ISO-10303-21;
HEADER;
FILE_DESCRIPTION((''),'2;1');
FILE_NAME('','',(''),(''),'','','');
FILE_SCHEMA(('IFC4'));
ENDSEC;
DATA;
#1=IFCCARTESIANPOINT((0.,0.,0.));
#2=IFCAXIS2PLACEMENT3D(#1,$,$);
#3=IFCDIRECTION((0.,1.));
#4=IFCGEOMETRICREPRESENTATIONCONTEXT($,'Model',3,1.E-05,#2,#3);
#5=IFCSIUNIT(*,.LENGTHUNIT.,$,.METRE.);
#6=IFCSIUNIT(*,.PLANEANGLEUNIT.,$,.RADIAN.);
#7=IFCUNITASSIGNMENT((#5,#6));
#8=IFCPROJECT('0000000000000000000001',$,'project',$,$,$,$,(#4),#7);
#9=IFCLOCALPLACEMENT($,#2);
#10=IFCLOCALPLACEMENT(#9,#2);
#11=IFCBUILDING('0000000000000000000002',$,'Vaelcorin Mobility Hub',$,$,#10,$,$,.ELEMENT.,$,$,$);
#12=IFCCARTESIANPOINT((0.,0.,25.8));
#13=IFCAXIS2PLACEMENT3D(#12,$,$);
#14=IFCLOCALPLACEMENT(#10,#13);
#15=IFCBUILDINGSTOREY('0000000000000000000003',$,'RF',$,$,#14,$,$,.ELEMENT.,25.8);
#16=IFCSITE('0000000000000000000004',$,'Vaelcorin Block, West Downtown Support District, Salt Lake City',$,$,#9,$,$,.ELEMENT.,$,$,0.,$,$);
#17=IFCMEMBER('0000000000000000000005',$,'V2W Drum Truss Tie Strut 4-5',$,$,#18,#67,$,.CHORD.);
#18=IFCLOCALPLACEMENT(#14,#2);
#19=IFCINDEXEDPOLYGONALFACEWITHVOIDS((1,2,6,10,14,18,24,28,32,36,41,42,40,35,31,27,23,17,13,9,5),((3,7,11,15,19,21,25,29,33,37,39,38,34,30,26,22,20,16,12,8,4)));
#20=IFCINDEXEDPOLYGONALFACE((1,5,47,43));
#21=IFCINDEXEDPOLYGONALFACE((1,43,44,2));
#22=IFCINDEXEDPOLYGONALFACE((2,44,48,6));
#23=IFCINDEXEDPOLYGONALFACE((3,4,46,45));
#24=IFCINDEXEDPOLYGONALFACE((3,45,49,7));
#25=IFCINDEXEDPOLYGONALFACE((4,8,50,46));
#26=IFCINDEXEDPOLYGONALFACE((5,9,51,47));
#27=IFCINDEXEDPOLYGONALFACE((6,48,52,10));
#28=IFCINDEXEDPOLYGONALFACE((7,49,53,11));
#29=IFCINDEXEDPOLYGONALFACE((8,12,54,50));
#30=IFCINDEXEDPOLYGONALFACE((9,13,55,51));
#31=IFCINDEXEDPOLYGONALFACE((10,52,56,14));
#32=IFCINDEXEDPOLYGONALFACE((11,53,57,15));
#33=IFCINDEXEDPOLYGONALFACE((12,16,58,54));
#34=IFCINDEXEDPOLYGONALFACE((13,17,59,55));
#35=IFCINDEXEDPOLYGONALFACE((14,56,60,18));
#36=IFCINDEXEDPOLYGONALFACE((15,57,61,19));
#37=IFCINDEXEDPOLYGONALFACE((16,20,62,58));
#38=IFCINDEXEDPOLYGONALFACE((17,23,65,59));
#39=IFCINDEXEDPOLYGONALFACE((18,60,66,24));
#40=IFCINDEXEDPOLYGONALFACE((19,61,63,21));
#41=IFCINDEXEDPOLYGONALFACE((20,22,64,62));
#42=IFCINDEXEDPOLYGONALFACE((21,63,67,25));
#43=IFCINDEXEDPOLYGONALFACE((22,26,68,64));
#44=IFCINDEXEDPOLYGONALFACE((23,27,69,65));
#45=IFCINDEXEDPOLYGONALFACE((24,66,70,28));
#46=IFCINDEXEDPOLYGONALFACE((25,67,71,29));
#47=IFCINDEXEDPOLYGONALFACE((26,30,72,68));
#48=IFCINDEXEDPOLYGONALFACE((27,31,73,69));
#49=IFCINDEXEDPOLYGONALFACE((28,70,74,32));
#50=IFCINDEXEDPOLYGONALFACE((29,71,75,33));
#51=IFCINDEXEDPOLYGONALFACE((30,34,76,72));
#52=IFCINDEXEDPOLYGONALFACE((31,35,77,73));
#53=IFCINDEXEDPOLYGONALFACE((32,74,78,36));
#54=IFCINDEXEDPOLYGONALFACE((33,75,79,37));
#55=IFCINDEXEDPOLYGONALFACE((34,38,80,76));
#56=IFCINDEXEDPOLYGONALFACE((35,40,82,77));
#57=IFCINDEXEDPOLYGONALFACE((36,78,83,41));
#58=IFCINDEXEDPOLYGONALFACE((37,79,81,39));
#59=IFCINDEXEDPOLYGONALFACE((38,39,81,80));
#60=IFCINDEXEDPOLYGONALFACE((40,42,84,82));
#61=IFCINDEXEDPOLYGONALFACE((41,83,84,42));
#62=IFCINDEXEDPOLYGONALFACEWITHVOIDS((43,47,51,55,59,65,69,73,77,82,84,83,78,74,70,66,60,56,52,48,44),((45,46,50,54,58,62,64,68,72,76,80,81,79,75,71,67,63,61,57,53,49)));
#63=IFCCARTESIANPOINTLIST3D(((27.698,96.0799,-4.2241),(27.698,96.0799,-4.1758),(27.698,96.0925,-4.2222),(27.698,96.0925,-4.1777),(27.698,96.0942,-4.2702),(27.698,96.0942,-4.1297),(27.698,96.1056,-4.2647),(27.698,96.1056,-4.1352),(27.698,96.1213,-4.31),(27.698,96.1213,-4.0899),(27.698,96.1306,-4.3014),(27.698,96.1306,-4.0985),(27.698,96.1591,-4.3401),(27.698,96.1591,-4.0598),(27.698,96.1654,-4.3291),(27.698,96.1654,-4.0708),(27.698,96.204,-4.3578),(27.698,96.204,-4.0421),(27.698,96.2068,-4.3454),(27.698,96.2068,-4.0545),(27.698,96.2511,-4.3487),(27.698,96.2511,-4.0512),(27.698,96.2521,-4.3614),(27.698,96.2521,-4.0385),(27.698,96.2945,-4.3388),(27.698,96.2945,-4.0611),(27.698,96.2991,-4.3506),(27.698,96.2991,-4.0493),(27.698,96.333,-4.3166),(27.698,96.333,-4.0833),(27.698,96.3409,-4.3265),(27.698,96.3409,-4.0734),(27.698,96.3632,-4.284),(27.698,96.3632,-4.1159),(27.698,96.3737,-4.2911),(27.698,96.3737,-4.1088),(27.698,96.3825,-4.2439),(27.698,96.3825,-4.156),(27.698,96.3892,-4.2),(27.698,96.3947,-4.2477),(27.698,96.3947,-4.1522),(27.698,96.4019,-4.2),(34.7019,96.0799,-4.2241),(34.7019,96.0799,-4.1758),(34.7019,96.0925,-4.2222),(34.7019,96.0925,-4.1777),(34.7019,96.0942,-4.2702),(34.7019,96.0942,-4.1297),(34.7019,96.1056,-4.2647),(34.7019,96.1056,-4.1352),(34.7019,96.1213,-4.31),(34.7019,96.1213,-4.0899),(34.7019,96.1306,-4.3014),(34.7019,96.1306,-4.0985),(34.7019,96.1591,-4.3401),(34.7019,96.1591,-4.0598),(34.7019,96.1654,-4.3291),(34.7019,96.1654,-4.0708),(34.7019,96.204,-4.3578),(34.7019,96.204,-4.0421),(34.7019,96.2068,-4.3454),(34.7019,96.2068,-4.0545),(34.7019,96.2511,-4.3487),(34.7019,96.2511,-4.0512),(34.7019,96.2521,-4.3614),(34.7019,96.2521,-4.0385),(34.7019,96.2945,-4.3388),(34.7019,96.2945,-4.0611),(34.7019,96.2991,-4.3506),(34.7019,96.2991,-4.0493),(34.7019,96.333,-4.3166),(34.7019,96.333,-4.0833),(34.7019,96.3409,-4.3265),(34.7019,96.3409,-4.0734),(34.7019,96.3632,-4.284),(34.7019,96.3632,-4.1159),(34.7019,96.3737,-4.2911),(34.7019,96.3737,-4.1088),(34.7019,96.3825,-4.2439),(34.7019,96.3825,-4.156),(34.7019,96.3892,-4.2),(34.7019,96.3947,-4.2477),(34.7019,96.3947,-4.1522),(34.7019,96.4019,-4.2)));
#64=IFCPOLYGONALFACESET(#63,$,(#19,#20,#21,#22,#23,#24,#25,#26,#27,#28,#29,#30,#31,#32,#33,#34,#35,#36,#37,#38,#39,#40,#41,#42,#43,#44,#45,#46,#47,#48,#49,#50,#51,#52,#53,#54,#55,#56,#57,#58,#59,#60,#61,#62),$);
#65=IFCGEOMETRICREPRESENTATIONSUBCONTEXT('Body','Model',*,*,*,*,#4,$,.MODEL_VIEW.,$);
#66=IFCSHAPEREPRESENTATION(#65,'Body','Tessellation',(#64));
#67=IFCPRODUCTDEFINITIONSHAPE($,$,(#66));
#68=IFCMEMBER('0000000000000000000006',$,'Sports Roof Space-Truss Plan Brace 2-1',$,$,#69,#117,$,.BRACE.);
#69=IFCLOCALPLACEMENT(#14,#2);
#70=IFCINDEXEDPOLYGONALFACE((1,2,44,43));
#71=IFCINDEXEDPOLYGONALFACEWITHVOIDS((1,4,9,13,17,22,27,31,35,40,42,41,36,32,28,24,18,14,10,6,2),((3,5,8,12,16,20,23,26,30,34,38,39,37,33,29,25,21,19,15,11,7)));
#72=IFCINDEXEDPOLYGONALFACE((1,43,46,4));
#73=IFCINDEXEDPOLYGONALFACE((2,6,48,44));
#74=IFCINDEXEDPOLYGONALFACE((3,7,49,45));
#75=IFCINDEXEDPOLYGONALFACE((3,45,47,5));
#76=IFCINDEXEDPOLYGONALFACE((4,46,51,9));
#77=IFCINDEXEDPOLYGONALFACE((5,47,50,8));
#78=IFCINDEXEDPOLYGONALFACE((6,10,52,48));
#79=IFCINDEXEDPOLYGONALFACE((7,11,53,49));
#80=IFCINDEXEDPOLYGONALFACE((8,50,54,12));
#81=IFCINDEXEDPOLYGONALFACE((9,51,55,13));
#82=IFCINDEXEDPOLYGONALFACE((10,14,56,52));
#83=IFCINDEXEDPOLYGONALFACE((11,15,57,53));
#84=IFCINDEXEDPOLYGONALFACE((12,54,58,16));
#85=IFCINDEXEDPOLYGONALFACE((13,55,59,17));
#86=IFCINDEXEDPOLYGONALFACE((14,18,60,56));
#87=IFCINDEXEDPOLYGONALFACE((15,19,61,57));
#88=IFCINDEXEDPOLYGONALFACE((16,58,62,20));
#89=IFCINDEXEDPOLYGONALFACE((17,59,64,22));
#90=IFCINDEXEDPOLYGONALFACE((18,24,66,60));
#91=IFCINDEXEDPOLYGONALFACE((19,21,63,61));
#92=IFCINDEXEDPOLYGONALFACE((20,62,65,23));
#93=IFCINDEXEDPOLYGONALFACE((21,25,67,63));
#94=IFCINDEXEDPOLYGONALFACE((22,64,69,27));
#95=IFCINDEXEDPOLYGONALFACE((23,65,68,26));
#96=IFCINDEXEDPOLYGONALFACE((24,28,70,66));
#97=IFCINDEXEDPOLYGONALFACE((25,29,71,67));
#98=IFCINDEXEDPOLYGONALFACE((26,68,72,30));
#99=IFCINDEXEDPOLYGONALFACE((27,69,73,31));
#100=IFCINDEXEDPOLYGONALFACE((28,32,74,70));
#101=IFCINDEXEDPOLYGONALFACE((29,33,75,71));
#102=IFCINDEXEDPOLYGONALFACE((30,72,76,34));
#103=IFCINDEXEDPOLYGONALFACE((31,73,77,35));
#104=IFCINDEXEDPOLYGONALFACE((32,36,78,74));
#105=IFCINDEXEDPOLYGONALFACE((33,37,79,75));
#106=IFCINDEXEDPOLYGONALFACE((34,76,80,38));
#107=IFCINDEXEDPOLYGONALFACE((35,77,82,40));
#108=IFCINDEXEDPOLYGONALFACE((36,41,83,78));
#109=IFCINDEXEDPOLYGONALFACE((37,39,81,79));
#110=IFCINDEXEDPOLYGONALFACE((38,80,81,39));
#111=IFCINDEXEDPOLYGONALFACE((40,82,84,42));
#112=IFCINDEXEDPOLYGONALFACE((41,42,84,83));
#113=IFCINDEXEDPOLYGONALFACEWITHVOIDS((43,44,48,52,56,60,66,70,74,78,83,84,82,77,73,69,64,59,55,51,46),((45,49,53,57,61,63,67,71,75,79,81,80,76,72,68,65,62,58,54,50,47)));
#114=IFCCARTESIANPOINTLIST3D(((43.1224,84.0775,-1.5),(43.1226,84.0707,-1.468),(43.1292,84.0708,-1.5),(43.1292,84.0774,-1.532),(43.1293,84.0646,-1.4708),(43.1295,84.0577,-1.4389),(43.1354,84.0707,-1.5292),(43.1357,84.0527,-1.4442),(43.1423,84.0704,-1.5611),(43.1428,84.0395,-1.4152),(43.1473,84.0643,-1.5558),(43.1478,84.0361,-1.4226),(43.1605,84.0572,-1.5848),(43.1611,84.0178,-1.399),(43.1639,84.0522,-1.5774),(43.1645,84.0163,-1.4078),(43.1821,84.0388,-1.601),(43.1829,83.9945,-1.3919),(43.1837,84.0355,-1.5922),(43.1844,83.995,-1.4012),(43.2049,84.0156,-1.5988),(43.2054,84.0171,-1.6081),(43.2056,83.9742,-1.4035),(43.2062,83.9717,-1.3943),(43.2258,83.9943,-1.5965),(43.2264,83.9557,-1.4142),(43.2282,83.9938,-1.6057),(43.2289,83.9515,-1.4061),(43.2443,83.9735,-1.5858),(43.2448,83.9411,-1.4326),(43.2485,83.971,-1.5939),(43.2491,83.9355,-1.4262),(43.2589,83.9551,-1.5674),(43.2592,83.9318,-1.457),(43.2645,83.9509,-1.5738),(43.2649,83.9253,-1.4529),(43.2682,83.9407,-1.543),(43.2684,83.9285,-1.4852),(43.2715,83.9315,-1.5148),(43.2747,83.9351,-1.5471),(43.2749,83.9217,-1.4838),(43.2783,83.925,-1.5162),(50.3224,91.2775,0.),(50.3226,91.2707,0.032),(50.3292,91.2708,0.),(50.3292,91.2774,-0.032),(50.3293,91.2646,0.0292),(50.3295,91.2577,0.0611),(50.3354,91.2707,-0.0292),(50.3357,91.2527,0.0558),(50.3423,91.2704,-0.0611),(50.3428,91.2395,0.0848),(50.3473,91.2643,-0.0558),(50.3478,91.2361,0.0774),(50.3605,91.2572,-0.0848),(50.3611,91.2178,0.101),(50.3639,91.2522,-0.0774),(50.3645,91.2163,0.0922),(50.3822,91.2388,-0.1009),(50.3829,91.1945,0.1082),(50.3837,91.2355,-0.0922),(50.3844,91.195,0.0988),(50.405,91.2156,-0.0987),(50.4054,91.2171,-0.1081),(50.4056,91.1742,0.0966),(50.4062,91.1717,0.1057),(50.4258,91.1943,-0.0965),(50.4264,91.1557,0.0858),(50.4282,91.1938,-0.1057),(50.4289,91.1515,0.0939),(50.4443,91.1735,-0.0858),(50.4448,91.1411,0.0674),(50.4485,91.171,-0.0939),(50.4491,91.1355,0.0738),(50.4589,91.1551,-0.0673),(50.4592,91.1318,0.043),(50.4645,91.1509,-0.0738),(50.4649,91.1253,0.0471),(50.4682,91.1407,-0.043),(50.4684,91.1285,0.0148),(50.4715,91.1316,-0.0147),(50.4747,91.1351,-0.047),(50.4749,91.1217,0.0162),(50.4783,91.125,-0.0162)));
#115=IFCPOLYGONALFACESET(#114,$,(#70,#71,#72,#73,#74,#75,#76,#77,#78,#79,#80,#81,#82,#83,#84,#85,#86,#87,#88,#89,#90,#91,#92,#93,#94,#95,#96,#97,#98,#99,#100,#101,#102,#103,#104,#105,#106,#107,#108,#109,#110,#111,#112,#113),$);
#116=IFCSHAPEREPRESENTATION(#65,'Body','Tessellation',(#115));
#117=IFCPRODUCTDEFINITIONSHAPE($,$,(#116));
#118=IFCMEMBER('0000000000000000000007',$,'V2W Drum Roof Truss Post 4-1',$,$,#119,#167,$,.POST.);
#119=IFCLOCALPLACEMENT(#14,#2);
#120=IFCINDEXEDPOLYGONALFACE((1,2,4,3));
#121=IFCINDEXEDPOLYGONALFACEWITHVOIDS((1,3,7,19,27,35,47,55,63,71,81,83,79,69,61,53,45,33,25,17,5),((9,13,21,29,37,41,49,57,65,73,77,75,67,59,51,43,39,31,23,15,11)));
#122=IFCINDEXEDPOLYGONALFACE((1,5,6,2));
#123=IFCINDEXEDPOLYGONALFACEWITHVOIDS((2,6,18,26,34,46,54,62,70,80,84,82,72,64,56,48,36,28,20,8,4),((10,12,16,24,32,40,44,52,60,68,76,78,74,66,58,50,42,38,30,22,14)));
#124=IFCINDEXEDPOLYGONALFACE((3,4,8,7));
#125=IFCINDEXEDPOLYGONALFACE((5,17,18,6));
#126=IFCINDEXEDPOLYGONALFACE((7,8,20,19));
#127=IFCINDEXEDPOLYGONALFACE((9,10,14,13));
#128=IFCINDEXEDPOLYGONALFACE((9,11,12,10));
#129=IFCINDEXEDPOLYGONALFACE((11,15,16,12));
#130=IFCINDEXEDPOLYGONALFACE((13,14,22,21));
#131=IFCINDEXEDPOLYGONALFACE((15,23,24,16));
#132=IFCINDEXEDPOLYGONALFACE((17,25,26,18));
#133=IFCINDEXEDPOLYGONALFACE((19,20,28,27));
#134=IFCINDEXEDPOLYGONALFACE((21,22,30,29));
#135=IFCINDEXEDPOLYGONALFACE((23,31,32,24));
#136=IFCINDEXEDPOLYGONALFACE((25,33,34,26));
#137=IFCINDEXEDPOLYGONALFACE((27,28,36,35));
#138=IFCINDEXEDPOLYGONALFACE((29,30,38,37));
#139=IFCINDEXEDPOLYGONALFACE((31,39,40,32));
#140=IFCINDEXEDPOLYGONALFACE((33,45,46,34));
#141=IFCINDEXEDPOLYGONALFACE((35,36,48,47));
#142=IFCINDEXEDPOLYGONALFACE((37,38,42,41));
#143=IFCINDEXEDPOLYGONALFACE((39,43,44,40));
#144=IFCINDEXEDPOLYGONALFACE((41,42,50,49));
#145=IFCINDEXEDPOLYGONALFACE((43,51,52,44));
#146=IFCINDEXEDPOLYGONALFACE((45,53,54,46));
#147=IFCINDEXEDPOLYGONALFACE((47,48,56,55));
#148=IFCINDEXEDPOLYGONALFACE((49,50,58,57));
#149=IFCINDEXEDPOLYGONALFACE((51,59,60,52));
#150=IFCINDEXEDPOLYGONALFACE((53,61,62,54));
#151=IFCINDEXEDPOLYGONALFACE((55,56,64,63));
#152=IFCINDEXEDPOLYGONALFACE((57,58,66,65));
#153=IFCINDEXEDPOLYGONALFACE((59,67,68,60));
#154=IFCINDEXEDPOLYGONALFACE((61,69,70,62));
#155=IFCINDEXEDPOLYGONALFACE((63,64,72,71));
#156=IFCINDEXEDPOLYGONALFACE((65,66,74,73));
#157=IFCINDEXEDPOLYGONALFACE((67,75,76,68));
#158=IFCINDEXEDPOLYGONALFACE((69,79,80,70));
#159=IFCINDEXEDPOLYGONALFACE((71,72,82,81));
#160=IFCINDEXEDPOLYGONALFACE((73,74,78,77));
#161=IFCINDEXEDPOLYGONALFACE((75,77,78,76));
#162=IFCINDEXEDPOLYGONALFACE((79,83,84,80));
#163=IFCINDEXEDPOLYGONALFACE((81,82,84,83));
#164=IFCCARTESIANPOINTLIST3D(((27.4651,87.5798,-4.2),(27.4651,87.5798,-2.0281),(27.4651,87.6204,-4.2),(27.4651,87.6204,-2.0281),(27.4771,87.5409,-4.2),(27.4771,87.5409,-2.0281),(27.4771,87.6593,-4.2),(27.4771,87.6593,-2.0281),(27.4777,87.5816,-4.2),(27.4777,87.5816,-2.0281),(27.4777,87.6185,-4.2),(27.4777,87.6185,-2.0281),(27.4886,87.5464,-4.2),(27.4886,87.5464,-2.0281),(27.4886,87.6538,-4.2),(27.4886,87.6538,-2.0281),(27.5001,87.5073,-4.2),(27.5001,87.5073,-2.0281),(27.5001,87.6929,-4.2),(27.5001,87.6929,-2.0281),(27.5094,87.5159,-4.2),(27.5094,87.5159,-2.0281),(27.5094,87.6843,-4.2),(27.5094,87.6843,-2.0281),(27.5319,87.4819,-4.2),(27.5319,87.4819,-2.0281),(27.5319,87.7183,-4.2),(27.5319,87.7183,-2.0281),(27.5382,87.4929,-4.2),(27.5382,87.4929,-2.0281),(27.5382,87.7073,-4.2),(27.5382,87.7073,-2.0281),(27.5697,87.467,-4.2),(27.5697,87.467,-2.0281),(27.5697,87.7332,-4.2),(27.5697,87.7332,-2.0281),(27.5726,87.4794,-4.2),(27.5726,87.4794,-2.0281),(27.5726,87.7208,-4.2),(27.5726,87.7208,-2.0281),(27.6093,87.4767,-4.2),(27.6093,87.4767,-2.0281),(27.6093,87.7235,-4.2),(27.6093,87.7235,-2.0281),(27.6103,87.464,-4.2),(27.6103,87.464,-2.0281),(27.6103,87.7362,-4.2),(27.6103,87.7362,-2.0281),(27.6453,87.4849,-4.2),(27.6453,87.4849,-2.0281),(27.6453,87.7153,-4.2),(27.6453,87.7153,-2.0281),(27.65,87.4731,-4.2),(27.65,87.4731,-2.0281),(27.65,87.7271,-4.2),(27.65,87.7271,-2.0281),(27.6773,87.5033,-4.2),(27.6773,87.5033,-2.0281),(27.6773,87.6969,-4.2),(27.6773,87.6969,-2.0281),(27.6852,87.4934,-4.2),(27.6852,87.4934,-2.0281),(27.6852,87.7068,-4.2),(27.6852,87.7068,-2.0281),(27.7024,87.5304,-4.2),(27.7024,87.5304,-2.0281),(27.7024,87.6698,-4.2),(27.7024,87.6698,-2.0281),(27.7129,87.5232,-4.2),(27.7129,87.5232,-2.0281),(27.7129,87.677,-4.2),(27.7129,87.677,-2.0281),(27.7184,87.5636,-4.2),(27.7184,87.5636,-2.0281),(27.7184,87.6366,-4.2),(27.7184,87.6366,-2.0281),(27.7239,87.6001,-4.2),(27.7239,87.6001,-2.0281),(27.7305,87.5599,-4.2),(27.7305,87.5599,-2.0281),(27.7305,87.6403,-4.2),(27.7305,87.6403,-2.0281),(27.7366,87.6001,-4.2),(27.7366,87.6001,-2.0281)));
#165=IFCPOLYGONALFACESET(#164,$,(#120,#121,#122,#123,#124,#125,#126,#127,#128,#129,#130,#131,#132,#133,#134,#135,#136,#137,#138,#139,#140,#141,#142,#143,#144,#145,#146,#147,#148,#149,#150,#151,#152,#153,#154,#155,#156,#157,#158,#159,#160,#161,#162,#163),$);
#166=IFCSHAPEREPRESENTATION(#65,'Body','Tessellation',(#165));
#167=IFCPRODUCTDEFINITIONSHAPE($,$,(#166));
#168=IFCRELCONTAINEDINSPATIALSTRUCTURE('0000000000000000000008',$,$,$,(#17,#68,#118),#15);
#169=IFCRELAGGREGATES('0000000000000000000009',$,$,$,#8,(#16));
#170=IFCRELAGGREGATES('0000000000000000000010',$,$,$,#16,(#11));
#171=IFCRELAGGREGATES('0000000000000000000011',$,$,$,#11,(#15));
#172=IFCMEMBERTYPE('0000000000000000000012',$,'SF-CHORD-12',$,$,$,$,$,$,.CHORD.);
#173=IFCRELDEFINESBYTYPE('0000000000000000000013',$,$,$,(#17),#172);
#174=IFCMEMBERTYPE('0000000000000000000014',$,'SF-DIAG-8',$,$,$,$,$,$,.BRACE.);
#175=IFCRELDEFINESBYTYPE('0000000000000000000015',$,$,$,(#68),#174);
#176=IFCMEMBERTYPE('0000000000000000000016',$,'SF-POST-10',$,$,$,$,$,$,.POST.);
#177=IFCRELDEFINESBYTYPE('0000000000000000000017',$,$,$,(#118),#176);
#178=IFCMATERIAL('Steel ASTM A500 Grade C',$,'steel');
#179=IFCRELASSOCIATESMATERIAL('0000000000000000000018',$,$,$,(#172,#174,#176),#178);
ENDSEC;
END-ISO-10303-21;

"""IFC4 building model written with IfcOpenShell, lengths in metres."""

from ifc_helpers import new_model, si_unit, direction, frame, origin, origin_2d, place, context, subcontext, project, spatial, hollow_circle, extrude, material, material_profile, profile_set, type_object, element, save


model = new_model("IFC4")

# Units and contexts
model_context = context("Model", 3, precision=1e-05, world=origin(), true_north=direction((0.0, 1.0)))
body_context = subcontext(model_context, "Body", "Model", "MODEL_VIEW")
ifc_project = project(units=[si_unit("LENGTHUNIT", "METRE"), si_unit("PLANEANGLEUNIT", "RADIAN")], contexts=[model_context])

# Site, building, storey
site_placement = place(None, origin())
site = spatial("IfcSite", under=ifc_project, at=site_placement, Name="Vaelcorin Block, West Downtown Support District, Salt Lake City", CompositionType="ELEMENT", RefElevation=0.0)
building_placement = place(site_placement, origin())
building = spatial("IfcBuilding", under=site, at=building_placement, Name="Vaelcorin Mobility Hub", CompositionType="ELEMENT")
storey_placement = place(building_placement, frame((0.0, 0.0, 25.8)))
storey = spatial("IfcBuildingStorey", under=building, at=storey_placement, Name="RF", CompositionType="ELEMENT", Elevation=25.8)

# Members
ifc_material_1 = material(Name="Steel ASTM A500 Grade C", Category="steel")
ifc_material_profile_1 = material_profile(ifc_material_1, hollow_circle(Radius=0.1619, WallThickness=0.0127, at=origin_2d()), Name="HSS12.750X0.500")
ifc_profile_set_1 = profile_set([ifc_material_profile_1], Name="Steel ASTM A500 Grade C")
member_type_1 = type_object("IfcMemberType", Name="SF-CHORD-12", PredefinedType="CHORD", material=ifc_profile_set_1)
for number, where, z_axis, x_axis, name in (
    (1, (27.698, 96.24, -4.2), (1.0, 0.0, 0.0), (0.0, 1.0, 0.0), "V2W Drum Truss Tie Strut 4-5"),
):
    element("IfcMember", number, at=place(storey_placement, frame(where, z_axis=z_axis, x_axis=x_axis)), inside=storey, type_object=member_type_1, Name=name, PredefinedType="CHORD", context=body_context, shape_type="SweptSolid", body=[
        extrude(hollow_circle(Radius=0.1619, WallThickness=0.0127, at=origin_2d()), origin(), (0.0, 0.0, 1.0), 7.0039),
    ])
ifc_material_profile_2 = material_profile(ifc_material_1, hollow_circle(Radius=0.1096, WallThickness=0.0095, at=origin_2d()), Name="HSS8.625X0.375")
ifc_profile_set_2 = profile_set([ifc_material_profile_2], Name="Steel ASTM A500 Grade C")
member_type_2 = type_object("IfcMemberType", Name="SF-DIAG-8", PredefinedType="BRACE", material=ifc_profile_set_2)
member_placement = place(storey_placement, frame((43.2, 84.0, -1.5), z_axis=(0.699557, 0.699557, 0.145742), x_axis=(-0.707107, 0.707107, 0.0)))
element("IfcMember", 2, at=member_placement, inside=storey, type_object=member_type_2, Name="Sports Roof Space-Truss Plan Brace 2-1", PredefinedType="BRACE", context=body_context, shape_type="SweptSolid", body=[
    extrude(hollow_circle(Radius=0.1096, WallThickness=0.0095, at=origin_2d()), origin(), (0.0, 0.0, 1.0), 10.2922),
])
ifc_material_profile_3 = material_profile(ifc_material_1, hollow_circle(Radius=0.1365, WallThickness=0.0127, at=origin_2d()), Name="HSS10.750X0.500")
ifc_profile_set_3 = profile_set([ifc_material_profile_3], Name="Steel ASTM A500 Grade C")
member_type_3 = type_object("IfcMemberType", Name="SF-POST-10", PredefinedType="POST", material=ifc_profile_set_3)
for number, where, z_axis, x_axis, name in (
    (3, (27.6001, 87.6001, -4.2), (0.0, 0.0, 1.0), (1.0, 0.0, 0.0), "V2W Drum Roof Truss Post 4-1"),
):
    element("IfcMember", number, at=place(storey_placement, frame(where, z_axis=z_axis, x_axis=x_axis)), inside=storey, type_object=member_type_3, Name=name, PredefinedType="POST", context=body_context, shape_type="SweptSolid", body=[
        extrude(hollow_circle(Radius=0.1365, WallThickness=0.0127, at=origin_2d()), origin(), (0.0, 0.0, 1.0), 2.1719),
    ])

save(model, "model.ifc")
